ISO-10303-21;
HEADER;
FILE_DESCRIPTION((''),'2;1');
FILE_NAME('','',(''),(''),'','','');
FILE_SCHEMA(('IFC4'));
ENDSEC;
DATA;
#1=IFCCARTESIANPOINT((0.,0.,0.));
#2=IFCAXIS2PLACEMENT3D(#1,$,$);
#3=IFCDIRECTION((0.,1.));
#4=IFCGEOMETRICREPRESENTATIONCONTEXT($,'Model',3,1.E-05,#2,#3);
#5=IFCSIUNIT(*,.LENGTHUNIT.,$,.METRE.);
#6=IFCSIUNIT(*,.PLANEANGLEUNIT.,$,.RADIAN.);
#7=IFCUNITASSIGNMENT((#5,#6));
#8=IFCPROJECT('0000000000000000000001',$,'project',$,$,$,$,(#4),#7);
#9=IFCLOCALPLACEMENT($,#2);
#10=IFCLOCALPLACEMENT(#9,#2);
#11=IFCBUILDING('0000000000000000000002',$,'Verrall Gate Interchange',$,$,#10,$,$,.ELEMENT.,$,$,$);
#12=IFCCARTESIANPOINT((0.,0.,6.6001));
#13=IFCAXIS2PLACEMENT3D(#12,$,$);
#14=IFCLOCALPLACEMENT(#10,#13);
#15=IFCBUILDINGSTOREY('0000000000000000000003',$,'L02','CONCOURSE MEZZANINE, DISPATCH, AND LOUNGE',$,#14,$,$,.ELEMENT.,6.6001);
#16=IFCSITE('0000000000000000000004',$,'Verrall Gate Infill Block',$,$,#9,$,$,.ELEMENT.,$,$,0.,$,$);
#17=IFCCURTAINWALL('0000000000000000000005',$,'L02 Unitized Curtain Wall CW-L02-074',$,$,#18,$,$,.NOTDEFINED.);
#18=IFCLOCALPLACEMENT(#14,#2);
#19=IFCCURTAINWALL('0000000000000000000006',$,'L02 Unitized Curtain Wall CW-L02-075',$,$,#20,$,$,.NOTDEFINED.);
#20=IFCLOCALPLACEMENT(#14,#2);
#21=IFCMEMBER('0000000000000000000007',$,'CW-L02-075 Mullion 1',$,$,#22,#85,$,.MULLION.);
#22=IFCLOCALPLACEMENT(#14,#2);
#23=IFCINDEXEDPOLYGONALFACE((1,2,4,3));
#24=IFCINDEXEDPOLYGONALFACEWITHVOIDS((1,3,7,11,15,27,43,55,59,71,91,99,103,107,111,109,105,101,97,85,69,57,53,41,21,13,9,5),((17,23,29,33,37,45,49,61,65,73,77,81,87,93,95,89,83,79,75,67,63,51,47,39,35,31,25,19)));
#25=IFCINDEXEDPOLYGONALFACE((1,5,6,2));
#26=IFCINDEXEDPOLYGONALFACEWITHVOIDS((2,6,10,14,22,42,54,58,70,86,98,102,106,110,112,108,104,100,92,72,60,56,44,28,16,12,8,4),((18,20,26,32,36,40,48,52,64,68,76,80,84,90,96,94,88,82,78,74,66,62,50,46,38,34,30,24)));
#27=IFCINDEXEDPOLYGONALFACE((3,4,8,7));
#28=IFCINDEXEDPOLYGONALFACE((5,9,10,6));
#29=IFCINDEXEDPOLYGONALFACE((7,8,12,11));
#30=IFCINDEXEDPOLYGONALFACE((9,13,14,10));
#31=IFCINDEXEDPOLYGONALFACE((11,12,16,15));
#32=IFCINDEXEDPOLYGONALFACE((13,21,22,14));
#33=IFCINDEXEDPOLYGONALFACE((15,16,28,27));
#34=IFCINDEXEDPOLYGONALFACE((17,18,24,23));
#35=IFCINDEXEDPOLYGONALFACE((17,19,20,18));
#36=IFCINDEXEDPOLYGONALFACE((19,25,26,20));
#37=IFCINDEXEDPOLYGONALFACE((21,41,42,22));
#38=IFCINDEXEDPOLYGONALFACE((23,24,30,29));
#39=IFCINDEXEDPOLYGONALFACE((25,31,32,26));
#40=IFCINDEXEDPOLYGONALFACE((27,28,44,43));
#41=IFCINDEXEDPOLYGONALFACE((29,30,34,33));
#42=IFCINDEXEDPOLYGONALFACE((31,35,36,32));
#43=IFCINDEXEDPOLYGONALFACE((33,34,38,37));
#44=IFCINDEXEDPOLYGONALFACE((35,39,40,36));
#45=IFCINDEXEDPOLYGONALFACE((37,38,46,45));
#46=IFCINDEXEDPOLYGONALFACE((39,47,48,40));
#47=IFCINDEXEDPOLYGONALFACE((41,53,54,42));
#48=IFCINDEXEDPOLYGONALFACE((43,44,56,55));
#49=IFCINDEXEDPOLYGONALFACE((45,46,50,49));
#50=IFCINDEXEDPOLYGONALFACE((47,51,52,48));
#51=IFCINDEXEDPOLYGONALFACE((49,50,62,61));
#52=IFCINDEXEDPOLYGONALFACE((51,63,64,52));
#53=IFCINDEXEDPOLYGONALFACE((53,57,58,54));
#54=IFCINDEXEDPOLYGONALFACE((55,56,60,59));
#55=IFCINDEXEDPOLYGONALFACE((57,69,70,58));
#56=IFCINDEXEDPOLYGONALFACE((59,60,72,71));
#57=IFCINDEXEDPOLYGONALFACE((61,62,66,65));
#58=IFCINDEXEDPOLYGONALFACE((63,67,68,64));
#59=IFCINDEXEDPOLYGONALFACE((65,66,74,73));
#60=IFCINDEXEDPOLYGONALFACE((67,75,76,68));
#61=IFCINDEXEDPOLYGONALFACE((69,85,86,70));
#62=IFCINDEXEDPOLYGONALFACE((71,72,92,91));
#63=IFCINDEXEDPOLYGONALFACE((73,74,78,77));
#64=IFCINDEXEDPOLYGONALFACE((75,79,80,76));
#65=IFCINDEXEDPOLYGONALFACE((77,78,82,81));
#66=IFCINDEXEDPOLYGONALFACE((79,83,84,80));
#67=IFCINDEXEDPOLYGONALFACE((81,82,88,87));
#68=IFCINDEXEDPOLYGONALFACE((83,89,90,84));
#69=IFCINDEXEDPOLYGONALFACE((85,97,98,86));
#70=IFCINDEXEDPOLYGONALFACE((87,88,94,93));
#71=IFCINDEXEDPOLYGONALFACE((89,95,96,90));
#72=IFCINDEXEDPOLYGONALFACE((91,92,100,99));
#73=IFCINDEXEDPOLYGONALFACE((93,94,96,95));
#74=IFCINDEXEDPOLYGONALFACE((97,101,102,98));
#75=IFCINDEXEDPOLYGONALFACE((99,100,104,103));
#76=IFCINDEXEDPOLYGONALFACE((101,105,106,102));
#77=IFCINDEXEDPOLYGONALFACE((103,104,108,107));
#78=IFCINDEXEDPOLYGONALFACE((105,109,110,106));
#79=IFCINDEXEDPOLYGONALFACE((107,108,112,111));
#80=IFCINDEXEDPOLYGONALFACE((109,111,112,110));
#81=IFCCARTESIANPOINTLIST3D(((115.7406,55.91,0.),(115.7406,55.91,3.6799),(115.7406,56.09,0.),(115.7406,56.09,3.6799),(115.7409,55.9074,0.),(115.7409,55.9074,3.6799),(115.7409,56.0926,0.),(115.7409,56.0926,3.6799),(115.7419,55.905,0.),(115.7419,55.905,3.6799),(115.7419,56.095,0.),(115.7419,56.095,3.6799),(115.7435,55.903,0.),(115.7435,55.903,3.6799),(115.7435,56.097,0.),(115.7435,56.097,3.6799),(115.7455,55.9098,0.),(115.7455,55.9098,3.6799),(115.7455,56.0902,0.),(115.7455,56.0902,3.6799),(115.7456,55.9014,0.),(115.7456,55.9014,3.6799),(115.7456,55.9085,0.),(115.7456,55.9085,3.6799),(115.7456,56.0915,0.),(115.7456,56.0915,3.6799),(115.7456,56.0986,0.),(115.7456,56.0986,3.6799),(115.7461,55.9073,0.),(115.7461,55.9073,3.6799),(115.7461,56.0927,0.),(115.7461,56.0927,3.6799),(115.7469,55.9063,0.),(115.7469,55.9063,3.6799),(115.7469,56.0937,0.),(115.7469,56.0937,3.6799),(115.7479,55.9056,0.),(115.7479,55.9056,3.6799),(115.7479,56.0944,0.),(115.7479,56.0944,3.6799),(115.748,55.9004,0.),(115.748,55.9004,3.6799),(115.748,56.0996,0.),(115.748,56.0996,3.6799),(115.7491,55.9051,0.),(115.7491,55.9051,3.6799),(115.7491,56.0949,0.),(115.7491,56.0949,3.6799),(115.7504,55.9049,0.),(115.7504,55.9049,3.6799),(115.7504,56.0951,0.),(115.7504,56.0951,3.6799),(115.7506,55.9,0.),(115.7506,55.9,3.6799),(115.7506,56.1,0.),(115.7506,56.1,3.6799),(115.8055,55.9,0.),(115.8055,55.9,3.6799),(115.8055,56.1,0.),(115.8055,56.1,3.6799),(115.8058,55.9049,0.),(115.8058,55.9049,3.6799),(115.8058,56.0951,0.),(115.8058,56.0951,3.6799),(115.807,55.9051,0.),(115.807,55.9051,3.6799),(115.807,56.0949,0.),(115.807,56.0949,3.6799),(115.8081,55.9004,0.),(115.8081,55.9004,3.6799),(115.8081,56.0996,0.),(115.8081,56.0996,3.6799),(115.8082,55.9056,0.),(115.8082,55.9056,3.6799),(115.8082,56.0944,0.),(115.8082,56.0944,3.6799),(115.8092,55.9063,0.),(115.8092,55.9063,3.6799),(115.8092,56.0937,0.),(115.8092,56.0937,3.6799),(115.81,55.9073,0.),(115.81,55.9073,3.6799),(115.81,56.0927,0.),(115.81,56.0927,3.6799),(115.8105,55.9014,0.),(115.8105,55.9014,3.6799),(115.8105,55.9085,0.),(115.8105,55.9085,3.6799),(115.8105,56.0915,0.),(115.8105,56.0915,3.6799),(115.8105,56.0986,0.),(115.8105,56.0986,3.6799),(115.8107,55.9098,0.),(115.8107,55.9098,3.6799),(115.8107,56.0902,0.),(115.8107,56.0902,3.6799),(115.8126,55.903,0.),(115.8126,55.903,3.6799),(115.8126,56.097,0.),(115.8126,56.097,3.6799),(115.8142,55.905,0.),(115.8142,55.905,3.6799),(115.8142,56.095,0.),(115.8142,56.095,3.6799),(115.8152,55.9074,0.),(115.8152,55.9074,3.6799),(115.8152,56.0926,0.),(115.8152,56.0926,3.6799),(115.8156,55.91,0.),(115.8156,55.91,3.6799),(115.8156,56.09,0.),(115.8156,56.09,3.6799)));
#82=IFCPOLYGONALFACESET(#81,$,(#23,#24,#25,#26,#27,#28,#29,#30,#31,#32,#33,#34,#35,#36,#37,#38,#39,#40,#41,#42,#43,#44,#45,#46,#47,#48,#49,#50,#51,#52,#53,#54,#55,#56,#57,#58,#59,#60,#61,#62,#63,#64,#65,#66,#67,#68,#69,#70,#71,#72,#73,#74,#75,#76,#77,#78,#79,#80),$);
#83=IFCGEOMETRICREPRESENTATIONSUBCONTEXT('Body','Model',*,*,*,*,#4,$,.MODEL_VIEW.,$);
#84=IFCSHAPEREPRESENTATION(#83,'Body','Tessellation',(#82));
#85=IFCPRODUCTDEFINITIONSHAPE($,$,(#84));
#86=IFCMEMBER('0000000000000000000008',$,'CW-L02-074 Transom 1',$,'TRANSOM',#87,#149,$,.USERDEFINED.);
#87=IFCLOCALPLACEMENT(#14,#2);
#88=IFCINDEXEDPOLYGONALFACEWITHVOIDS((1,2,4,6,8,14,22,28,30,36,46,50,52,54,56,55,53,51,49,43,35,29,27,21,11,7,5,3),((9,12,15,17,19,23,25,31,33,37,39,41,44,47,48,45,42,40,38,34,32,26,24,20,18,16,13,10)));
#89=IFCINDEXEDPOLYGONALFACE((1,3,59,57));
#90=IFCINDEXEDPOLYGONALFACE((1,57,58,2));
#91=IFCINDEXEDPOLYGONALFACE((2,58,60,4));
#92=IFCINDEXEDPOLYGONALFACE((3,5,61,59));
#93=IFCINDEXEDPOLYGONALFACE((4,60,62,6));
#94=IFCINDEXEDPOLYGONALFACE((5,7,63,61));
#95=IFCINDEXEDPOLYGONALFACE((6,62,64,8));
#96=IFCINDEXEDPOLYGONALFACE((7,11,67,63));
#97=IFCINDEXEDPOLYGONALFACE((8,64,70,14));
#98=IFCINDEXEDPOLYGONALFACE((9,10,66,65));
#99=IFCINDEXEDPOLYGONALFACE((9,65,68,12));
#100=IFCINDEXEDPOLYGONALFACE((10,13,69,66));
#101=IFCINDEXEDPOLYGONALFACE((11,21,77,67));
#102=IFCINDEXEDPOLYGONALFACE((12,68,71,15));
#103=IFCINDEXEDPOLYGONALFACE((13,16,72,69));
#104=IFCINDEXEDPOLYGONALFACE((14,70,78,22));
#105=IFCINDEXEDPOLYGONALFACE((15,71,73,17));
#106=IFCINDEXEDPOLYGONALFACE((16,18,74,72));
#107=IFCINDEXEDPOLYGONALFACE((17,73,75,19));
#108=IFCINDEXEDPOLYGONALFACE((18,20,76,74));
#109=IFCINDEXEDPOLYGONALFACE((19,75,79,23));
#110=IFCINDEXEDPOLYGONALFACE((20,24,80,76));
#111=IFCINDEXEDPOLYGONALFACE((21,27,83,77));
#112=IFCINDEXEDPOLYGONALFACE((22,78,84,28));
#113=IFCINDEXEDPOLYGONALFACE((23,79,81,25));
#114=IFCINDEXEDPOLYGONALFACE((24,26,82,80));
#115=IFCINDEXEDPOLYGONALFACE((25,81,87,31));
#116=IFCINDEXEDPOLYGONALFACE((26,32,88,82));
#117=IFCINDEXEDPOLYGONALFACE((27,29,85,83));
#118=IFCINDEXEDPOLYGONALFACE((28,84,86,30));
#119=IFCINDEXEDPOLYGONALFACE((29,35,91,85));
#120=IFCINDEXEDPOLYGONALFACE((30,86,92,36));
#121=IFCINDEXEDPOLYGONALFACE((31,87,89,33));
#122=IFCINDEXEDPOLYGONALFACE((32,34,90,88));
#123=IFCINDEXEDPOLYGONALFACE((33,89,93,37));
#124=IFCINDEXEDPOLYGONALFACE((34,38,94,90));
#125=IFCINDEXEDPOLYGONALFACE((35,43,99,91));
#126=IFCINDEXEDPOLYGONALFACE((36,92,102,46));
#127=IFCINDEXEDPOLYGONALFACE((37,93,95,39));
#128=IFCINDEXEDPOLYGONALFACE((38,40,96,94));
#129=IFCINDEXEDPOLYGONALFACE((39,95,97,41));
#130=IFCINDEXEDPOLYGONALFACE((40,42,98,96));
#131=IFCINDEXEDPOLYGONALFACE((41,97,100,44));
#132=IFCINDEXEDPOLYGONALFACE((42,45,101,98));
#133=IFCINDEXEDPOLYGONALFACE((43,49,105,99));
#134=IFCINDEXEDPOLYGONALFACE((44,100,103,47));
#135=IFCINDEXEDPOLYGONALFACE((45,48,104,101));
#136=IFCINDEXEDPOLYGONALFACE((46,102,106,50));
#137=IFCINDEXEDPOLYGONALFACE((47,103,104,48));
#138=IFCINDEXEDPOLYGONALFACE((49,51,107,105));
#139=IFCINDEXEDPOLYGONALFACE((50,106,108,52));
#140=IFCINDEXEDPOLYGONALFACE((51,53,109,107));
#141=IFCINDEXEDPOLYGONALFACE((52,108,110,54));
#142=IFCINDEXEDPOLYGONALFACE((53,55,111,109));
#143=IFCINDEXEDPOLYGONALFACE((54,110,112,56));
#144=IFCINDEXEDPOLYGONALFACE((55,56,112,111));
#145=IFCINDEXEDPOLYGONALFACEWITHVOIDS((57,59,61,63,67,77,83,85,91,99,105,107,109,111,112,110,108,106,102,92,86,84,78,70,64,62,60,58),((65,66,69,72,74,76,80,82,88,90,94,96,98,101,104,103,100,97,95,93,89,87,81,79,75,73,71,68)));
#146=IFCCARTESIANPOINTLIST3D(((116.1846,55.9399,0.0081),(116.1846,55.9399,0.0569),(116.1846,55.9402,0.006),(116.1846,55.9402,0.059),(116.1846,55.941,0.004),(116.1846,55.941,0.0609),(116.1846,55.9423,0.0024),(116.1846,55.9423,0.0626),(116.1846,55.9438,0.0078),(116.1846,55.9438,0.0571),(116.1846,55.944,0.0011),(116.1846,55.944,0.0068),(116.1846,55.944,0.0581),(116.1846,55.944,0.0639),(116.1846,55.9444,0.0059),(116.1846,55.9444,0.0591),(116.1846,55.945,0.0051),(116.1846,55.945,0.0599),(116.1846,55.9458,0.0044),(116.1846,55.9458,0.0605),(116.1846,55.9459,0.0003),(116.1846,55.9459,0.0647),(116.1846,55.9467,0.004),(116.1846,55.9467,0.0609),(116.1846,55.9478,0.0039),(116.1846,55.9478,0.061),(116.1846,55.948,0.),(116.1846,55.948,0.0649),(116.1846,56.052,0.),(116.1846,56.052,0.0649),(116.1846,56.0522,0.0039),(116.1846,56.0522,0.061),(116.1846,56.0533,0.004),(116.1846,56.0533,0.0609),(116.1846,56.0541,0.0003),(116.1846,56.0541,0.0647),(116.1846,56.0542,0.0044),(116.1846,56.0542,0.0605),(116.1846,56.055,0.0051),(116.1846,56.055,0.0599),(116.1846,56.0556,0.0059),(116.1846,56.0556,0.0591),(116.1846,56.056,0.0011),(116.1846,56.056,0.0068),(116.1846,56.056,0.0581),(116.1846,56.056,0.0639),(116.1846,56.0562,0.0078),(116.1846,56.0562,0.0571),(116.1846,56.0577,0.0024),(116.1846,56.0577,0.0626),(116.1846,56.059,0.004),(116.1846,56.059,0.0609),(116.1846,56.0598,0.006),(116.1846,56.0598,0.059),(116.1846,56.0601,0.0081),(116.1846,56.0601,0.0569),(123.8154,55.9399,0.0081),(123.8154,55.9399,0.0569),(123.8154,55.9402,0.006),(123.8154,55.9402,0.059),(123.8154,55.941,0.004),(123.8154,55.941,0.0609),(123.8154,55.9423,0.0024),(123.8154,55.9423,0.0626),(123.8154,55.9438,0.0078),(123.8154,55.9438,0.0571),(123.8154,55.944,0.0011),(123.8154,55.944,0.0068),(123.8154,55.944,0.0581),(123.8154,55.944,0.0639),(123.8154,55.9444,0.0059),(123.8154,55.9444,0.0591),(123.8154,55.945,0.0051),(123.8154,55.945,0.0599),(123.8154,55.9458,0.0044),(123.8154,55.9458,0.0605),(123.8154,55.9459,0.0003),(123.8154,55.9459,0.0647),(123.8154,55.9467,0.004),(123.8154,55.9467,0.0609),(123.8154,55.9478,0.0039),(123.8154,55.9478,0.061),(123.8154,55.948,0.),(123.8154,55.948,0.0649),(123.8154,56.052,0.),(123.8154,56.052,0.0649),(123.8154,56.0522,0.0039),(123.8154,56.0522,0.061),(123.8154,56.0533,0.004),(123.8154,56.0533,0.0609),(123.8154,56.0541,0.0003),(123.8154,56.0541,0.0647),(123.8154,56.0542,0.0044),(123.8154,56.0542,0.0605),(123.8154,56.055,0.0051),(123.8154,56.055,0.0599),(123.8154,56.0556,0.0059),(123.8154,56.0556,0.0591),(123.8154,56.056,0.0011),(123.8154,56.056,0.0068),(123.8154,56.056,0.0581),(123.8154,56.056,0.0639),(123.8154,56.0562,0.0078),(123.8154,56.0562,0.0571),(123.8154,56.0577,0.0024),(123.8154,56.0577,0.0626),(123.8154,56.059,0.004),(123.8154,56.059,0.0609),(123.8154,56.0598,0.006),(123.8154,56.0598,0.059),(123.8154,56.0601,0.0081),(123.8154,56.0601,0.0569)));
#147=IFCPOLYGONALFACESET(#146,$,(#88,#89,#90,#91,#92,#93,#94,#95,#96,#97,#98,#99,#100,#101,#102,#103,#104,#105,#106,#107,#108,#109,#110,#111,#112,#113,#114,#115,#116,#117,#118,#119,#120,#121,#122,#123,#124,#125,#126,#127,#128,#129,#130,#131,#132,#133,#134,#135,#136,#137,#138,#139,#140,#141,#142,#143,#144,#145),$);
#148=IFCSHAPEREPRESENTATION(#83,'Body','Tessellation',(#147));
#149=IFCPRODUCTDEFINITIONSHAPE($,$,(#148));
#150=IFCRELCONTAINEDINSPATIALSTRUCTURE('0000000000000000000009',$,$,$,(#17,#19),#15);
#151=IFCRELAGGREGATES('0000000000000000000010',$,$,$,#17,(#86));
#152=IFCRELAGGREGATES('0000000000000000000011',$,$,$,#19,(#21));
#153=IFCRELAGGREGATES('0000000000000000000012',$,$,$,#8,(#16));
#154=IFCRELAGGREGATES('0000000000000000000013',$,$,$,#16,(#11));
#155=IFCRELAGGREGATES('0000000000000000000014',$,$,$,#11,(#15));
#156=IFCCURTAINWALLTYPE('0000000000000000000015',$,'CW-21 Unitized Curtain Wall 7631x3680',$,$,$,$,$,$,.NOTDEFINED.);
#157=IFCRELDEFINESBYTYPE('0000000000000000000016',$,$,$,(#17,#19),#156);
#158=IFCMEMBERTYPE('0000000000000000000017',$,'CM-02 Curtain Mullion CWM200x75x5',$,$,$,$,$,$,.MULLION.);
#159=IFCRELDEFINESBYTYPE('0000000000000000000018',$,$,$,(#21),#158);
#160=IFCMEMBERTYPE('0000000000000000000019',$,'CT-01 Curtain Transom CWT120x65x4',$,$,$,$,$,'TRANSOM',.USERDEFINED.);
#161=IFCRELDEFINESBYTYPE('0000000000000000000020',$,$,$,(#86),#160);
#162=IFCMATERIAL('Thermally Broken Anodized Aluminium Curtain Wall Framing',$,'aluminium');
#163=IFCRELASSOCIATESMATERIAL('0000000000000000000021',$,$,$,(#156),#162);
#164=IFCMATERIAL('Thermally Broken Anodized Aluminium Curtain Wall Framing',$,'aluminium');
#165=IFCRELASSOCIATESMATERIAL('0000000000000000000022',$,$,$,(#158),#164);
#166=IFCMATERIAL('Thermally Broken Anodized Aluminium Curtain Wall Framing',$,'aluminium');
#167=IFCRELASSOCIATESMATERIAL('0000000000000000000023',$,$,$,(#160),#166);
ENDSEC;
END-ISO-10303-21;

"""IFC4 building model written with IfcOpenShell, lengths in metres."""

from ifc_helpers import new_model, si_unit, direction, frame, origin, origin_2d, place, context, subcontext, project, spatial, hollow_rectangle, extrude, material, material_profile, profile_set, type_object, element, aggregate, save


model = new_model("IFC4")

# Units and contexts
model_context = context("Model", 3, precision=1e-05, world=origin(), true_north=direction((0.0, 1.0)))
body_context = subcontext(model_context, "Body", "Model", "MODEL_VIEW")
ifc_project = project(units=[si_unit("LENGTHUNIT", "METRE"), si_unit("PLANEANGLEUNIT", "RADIAN")], contexts=[model_context])

# Site, building, storey
site_placement = place(None, origin())
site = spatial("IfcSite", under=ifc_project, at=site_placement, Name="Verrall Gate Infill Block", CompositionType="ELEMENT", RefElevation=0.0)
building_placement = place(site_placement, origin())
building = spatial("IfcBuilding", under=site, at=building_placement, Name="Verrall Gate Interchange", CompositionType="ELEMENT")
storey_placement = place(building_placement, frame((0.0, 0.0, 6.6001)))
storey = spatial("IfcBuildingStorey", under=building, at=storey_placement, Name="L02", Description="CONCOURSE MEZZANINE, DISPATCH, AND LOUNGE", CompositionType="ELEMENT", Elevation=6.6001)

# Curtain wall
ifc_material_1 = material(Name="Thermally Broken Anodized Aluminium Curtain Wall Framing", Category="aluminium")
curtain_wall_type = type_object("IfcCurtainWallType", Name="CW-21 Unitized Curtain Wall 7631x3680", PredefinedType="NOTDEFINED", material=ifc_material_1)
curtain_wall_1_placement = place(storey_placement, origin())
curtain_wall_1 = element("IfcCurtainWall", 1, at=curtain_wall_1_placement, inside=storey, type_object=curtain_wall_type, Name="L02 Unitized Curtain Wall CW-L02-074", PredefinedType="NOTDEFINED")
ifc_material_2 = material(Name="Thermally Broken Anodized Aluminium Curtain Wall Framing", Category="aluminium")
ifc_material_profile_1 = material_profile(ifc_material_2, hollow_rectangle(XDim=0.075, YDim=0.2, WallThickness=0.0049, InnerFilletRadius=0.0049, OuterFilletRadius=0.01, at=origin_2d()), Name="CWM200x75x5")
ifc_profile_set_1 = profile_set([ifc_material_profile_1], Name="Thermally Broken Anodized Aluminium Curtain Wall Framing")
member_type_1 = type_object("IfcMemberType", Name="CM-02 Curtain Mullion CWM200x75x5", PredefinedType="MULLION", material=ifc_profile_set_1)

# Curtain wall, member
curtain_wall_2_placement = place(storey_placement, origin())
curtain_wall_2 = element("IfcCurtainWall", 2, at=curtain_wall_2_placement, inside=storey, type_object=curtain_wall_type, Name="L02 Unitized Curtain Wall CW-L02-075", PredefinedType="NOTDEFINED")
member_1_placement = place(storey_placement, frame((115.7781, 56.0, 0.0), z_axis=(0.0, 0.0, 1.0), x_axis=(-1.0, 0.0, 0.0)))
member_1 = element("IfcMember", 3, at=member_1_placement, type_object=member_type_1, Name="CW-L02-075 Mullion 1", PredefinedType="MULLION", context=body_context, shape_type="SweptSolid", body=[
    extrude(hollow_rectangle(XDim=0.075, YDim=0.2, WallThickness=0.0049, InnerFilletRadius=0.0049, OuterFilletRadius=0.01, at=origin_2d()), origin(), (0.0, 0.0, 1.0), 3.6799),
])

# Member
ifc_material_3 = material(Name="Thermally Broken Anodized Aluminium Curtain Wall Framing", Category="aluminium")
ifc_material_profile_2 = material_profile(ifc_material_3, hollow_rectangle(XDim=0.1201, YDim=0.0649, WallThickness=0.0039, InnerFilletRadius=0.0039, OuterFilletRadius=0.0081, at=origin_2d()), Name="CWT120x65x4")
ifc_profile_set_2 = profile_set([ifc_material_profile_2], Name="Thermally Broken Anodized Aluminium Curtain Wall Framing")
member_type_2 = type_object("IfcMemberType", Name="CT-01 Curtain Transom CWT120x65x4", ElementType="TRANSOM", PredefinedType="USERDEFINED", material=ifc_profile_set_2)
member_2_placement = place(storey_placement, frame((123.8154, 56.0, 0.0325), z_axis=(-1.0, 0.0, 0.0), x_axis=(0.0, -1.0, 0.0)))
member_2 = element("IfcMember", 4, at=member_2_placement, type_object=member_type_2, Name="CW-L02-074 Transom 1", ObjectType="TRANSOM", PredefinedType="USERDEFINED", context=body_context, shape_type="SweptSolid", body=[
    extrude(hollow_rectangle(XDim=0.1201, YDim=0.0649, WallThickness=0.0039, InnerFilletRadius=0.0039, OuterFilletRadius=0.0081, at=origin_2d()), origin(), (0.0, 0.0, 1.0), 7.6309),
])

aggregate(curtain_wall_1, [member_2])
aggregate(curtain_wall_2, [member_1])

save(model, "model.ifc")
